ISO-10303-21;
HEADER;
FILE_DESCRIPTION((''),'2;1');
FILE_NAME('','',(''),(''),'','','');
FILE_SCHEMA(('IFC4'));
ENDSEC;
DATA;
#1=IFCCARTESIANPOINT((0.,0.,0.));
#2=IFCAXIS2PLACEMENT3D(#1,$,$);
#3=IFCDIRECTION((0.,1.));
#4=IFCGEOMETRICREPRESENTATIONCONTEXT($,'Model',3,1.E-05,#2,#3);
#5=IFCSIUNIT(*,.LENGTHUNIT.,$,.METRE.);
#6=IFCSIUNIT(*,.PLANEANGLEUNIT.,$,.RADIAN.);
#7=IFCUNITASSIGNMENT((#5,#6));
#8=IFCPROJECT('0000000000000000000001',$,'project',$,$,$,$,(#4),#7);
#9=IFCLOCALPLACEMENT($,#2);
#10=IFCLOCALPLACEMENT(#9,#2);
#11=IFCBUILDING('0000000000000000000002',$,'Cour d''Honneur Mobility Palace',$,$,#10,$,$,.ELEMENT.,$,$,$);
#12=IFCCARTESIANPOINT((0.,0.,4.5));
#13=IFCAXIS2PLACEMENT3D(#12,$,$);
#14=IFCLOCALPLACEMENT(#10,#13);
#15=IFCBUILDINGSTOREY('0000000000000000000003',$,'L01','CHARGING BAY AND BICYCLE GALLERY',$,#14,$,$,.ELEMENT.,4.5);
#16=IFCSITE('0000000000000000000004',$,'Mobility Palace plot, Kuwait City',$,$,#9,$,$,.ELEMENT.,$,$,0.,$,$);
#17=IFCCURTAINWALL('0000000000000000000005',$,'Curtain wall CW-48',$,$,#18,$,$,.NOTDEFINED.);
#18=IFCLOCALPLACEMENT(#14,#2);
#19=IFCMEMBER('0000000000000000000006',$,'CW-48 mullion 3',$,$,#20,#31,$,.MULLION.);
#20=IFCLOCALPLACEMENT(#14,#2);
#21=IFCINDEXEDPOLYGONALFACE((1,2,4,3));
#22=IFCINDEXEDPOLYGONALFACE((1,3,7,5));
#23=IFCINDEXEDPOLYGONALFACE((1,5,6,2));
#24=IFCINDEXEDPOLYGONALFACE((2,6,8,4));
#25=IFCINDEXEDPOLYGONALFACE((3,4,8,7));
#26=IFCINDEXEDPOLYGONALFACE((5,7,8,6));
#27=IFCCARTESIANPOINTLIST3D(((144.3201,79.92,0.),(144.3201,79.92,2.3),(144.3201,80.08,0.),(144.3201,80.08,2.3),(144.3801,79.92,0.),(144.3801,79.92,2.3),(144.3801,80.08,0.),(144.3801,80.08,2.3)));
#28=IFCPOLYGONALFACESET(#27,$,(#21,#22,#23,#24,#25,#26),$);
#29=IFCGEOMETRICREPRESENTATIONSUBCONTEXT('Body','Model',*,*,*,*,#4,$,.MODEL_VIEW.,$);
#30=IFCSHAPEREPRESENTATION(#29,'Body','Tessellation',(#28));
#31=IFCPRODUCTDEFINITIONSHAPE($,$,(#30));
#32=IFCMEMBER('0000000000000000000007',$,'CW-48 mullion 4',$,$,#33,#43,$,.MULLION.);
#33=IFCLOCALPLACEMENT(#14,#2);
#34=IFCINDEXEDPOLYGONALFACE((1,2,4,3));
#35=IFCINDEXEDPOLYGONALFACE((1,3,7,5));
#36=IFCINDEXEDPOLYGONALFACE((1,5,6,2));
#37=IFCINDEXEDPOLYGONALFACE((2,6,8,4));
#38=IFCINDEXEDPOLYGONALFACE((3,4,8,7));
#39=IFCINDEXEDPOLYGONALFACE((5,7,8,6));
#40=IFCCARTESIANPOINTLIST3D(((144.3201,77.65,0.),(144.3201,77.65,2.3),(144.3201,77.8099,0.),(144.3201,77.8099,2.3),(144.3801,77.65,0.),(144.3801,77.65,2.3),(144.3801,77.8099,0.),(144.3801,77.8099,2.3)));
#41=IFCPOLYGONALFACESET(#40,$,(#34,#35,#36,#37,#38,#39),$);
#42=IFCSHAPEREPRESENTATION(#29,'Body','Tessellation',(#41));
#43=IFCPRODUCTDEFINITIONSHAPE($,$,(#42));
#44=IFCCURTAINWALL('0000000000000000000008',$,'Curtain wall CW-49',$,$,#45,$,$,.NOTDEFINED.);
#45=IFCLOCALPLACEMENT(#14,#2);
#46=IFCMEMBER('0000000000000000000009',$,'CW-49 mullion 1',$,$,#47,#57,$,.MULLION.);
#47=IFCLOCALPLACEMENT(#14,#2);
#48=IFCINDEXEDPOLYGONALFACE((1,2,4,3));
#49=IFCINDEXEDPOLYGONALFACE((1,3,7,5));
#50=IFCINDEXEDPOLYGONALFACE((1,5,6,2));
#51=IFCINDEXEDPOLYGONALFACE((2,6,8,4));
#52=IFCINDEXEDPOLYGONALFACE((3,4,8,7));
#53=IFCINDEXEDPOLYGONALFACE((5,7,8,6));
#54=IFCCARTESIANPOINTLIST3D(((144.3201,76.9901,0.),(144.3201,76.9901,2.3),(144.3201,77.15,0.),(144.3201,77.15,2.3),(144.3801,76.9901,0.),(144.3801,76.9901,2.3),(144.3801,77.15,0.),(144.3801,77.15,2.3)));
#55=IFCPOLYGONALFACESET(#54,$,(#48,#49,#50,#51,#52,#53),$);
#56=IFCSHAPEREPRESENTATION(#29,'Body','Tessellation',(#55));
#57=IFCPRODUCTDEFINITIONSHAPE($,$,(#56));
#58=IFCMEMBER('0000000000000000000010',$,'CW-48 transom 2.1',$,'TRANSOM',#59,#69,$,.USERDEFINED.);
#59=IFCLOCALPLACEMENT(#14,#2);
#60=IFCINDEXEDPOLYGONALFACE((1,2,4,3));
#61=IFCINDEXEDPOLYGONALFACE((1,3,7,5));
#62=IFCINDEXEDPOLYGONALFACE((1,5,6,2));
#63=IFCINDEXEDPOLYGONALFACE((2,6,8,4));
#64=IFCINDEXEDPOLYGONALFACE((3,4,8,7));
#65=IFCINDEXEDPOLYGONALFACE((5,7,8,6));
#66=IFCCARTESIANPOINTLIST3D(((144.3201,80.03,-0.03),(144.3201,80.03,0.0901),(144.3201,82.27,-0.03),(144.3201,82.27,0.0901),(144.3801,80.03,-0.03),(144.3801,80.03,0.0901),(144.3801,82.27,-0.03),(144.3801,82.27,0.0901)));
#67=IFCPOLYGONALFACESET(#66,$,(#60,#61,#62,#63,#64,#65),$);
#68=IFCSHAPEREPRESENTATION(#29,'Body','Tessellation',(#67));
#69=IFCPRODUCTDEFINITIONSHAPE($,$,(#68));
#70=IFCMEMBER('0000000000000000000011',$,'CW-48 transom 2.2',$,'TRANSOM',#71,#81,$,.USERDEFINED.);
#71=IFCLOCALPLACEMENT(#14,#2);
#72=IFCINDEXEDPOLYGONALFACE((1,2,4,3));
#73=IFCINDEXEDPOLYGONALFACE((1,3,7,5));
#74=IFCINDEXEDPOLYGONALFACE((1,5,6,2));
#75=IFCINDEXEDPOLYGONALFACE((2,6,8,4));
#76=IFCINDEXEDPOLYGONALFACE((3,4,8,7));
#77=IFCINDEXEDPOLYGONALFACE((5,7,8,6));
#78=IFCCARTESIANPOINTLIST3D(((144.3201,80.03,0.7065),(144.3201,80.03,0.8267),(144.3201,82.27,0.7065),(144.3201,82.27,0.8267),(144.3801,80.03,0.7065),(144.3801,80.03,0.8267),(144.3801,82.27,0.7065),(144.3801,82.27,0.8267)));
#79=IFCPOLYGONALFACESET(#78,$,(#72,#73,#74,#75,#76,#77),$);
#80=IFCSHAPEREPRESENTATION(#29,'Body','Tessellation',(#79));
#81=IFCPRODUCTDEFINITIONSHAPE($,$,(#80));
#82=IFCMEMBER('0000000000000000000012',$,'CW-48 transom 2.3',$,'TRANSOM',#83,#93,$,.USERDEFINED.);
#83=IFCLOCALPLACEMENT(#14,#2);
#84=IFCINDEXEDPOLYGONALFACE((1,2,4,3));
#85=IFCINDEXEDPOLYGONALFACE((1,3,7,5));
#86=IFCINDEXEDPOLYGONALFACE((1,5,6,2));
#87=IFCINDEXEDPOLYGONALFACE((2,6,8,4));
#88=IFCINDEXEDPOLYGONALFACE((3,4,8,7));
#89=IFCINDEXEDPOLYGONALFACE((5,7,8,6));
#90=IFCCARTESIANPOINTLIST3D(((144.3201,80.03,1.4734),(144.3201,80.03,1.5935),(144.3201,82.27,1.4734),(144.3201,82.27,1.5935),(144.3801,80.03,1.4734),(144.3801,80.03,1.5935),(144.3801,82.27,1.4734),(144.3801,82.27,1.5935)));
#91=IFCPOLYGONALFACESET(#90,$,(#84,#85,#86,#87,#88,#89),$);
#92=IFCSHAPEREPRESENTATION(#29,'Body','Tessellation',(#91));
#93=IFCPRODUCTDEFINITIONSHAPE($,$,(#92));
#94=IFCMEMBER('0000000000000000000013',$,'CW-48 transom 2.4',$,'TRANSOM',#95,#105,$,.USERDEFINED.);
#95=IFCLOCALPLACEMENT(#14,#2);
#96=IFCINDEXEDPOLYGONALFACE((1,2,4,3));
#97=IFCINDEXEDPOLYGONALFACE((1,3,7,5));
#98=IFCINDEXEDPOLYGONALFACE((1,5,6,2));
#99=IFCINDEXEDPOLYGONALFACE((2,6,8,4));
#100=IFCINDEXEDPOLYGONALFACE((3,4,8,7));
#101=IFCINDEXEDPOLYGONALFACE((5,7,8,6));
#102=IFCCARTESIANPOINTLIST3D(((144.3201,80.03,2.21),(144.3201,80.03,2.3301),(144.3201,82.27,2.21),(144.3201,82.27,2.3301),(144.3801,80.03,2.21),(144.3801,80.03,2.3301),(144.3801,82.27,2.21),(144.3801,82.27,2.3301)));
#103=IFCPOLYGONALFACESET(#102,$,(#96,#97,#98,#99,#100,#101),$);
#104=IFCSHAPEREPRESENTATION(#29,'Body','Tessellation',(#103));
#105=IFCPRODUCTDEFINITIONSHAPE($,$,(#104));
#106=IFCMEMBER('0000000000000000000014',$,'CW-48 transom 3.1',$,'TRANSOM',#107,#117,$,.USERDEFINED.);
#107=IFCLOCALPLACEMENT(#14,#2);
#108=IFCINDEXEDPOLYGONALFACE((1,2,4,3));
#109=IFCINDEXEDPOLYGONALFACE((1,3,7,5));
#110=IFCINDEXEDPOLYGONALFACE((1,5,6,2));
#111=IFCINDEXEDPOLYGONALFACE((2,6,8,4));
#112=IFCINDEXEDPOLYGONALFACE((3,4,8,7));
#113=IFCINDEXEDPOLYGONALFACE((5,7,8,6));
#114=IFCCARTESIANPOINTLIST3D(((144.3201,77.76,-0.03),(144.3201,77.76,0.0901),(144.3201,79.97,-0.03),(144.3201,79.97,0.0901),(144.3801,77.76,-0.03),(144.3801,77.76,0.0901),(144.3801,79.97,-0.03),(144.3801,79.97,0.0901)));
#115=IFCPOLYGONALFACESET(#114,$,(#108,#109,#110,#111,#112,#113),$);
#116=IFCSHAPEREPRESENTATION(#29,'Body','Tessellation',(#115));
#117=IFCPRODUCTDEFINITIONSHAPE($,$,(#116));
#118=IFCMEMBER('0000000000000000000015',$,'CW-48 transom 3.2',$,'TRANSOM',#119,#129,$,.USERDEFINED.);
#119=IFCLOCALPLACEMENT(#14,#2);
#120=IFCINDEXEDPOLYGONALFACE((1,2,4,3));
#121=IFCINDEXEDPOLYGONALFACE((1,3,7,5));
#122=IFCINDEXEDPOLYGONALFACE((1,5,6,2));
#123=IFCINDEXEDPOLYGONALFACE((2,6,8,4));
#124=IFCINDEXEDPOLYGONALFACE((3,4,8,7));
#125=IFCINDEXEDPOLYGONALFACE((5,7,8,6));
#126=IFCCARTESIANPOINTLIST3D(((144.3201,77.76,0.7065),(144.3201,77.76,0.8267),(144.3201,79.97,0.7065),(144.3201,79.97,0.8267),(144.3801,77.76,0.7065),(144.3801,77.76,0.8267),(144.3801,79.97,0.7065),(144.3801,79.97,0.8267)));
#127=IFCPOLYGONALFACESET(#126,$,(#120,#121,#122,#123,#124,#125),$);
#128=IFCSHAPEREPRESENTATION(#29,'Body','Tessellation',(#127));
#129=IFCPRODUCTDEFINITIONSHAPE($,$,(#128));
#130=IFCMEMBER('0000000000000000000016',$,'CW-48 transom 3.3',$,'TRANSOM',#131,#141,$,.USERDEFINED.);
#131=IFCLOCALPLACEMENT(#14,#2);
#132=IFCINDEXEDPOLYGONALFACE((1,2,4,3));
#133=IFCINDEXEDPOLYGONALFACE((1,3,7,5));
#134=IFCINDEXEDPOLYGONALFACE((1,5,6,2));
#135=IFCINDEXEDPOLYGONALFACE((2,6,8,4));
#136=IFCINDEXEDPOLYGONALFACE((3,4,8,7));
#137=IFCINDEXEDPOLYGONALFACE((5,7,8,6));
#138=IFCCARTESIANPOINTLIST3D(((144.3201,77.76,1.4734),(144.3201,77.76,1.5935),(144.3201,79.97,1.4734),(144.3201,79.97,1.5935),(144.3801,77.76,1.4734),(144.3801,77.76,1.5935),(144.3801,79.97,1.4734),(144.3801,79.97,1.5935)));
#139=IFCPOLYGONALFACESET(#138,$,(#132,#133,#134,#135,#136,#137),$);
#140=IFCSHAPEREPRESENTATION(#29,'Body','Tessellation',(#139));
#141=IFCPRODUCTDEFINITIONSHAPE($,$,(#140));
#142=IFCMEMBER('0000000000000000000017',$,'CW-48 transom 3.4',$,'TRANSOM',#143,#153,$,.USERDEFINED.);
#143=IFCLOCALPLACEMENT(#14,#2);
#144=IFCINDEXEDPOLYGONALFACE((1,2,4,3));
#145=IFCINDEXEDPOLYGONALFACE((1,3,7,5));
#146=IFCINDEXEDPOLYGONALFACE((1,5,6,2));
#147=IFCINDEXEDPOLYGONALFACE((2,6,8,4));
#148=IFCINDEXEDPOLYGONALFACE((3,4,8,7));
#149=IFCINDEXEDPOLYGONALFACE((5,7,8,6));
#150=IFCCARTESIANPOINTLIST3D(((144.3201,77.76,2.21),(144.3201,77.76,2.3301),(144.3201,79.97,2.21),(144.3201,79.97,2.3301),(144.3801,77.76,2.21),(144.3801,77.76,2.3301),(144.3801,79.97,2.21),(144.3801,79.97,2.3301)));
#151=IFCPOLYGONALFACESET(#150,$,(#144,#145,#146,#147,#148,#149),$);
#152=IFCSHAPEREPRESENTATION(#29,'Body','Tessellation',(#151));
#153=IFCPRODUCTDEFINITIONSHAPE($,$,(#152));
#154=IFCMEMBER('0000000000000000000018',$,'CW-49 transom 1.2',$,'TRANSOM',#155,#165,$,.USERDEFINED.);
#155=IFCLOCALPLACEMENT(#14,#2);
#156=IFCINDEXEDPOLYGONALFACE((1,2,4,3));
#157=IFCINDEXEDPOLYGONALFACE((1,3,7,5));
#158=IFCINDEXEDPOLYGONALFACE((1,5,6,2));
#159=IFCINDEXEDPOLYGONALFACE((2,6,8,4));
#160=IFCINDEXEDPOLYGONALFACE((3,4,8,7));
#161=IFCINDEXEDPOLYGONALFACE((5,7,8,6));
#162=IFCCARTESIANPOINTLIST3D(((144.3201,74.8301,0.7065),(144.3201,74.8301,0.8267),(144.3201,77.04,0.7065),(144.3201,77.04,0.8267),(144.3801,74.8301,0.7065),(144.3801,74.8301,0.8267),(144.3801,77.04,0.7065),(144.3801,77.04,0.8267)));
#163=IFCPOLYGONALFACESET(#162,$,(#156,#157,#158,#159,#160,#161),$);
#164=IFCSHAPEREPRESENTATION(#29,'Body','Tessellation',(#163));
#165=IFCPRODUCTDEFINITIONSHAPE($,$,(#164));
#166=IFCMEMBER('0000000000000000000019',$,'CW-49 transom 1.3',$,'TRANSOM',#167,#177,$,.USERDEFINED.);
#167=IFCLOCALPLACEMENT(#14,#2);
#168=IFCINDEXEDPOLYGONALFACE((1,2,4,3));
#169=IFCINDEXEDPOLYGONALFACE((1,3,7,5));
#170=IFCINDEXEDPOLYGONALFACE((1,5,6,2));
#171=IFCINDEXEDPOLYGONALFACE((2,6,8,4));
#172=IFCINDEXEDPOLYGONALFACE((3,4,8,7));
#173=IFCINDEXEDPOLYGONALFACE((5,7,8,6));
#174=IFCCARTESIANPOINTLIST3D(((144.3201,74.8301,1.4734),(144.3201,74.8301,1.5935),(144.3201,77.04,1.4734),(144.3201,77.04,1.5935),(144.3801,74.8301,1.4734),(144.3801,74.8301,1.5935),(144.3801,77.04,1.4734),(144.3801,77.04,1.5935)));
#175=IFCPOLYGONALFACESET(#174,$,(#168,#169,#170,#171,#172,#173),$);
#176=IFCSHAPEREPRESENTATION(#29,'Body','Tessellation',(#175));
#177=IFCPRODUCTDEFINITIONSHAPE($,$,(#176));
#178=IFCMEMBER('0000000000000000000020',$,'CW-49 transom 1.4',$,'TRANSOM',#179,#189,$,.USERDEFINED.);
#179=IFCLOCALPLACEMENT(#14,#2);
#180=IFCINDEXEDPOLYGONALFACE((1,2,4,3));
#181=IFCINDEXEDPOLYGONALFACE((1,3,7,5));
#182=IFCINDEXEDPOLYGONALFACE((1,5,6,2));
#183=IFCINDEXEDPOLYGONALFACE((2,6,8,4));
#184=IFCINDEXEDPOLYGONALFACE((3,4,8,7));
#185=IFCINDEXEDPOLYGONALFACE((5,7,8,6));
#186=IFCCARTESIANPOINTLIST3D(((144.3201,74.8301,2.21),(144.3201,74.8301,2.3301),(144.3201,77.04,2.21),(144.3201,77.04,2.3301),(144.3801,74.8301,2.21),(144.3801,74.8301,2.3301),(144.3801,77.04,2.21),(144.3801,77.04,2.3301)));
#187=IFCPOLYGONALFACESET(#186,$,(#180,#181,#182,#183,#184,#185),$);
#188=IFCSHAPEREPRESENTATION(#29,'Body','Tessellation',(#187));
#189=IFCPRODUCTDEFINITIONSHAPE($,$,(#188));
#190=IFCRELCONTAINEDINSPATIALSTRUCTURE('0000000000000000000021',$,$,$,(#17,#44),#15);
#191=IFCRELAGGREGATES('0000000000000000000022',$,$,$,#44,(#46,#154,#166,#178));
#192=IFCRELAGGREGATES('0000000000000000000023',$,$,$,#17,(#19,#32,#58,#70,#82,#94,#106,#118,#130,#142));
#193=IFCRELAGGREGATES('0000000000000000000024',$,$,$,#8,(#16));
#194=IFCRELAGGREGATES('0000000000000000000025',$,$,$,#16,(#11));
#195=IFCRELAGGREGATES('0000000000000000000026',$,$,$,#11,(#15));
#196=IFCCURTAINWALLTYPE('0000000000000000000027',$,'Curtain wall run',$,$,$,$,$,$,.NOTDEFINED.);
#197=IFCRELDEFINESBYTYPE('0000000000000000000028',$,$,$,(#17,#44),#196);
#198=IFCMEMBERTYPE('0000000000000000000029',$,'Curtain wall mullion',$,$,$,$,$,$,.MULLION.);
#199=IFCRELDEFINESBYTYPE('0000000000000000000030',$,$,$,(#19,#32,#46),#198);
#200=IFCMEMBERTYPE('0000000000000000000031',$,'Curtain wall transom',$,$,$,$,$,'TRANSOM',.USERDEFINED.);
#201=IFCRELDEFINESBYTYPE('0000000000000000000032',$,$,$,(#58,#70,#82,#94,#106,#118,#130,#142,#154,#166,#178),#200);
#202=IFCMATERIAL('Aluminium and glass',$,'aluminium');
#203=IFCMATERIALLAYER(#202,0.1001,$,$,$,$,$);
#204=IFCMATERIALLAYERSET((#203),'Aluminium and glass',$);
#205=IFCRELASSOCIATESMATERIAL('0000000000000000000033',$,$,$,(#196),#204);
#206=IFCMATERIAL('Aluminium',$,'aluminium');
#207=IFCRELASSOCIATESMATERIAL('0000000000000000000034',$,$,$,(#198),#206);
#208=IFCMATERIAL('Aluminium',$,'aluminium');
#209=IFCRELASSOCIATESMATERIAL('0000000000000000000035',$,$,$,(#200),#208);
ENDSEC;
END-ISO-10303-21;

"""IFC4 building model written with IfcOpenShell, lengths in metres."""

from ifc_helpers import new_model, si_unit, direction, frame, origin, origin_2d, place, context, subcontext, project, spatial, rectangle, extrude, material, layer, layer_set, material_profile, profile_set, type_object, element, aggregate, save


model = new_model("IFC4")

# Units and contexts
model_context = context("Model", 3, precision=1e-05, world=origin(), true_north=direction((0.0, 1.0)))
body_context = subcontext(model_context, "Body", "Model", "MODEL_VIEW")
ifc_project = project(units=[si_unit("LENGTHUNIT", "METRE"), si_unit("PLANEANGLEUNIT", "RADIAN")], contexts=[model_context])

# Site, building, storey
site_placement = place(None, origin())
site = spatial("IfcSite", under=ifc_project, at=site_placement, Name="Mobility Palace plot, Kuwait City", CompositionType="ELEMENT", RefElevation=0.0)
building_placement = place(site_placement, origin())
building = spatial("IfcBuilding", under=site, at=building_placement, Name="Cour d'Honneur Mobility Palace", CompositionType="ELEMENT")
storey_placement = place(building_placement, frame((0.0, 0.0, 4.5)))
storey = spatial("IfcBuildingStorey", under=building, at=storey_placement, Name="L01", Description="CHARGING BAY AND BICYCLE GALLERY", CompositionType="ELEMENT", Elevation=4.5)

# Curtain wall, members
ifc_material_1 = material(Name="Aluminium and glass", Category="aluminium")
ifc_layer_1 = layer(ifc_material_1, 0.1001)
ifc_layer_set_1 = layer_set([ifc_layer_1], Name="Aluminium and glass")
curtain_wall_type = type_object("IfcCurtainWallType", Name="Curtain wall run", PredefinedType="NOTDEFINED", material=ifc_layer_set_1)
curtain_wall_1_placement = place(storey_placement, origin())
curtain_wall_1 = element("IfcCurtainWall", 1, at=curtain_wall_1_placement, inside=storey, type_object=curtain_wall_type, Name="Curtain wall CW-48", PredefinedType="NOTDEFINED")
ifc_material_2 = material(Name="Aluminium", Category="aluminium")
ifc_material_profile_1 = material_profile(ifc_material_2, rectangle(XDim=0.0601, YDim=0.1599, at=origin_2d()), Name="Curtain wall mullion")
ifc_profile_set_1 = profile_set([ifc_material_profile_1], Name="Aluminium")
member_type_1 = type_object("IfcMemberType", Name="Curtain wall mullion", PredefinedType="MULLION", material=ifc_profile_set_1)
member_1_placement = place(storey_placement, frame((144.3501, 80.0, 0.0), z_axis=(0.0, 0.0, 1.0), x_axis=(1.0, 0.0, 0.0)))
member_1 = element("IfcMember", 2, at=member_1_placement, type_object=member_type_1, Name="CW-48 mullion 3", PredefinedType="MULLION", context=body_context, shape_type="SweptSolid", body=[
    extrude(rectangle(XDim=0.0601, YDim=0.1599, at=origin_2d()), origin(), (0.0, 0.0, 1.0), 2.3),
])
member_2_placement = place(storey_placement, frame((144.3501, 77.73, 0.0), z_axis=(0.0, 0.0, 1.0), x_axis=(1.0, 0.0, 0.0)))
member_2 = element("IfcMember", 3, at=member_2_placement, type_object=member_type_1, Name="CW-48 mullion 4", PredefinedType="MULLION", context=body_context, shape_type="SweptSolid", body=[
    extrude(rectangle(XDim=0.0601, YDim=0.1599, at=origin_2d()), origin(), (0.0, 0.0, 1.0), 2.3),
])

# Curtain wall, member
curtain_wall_2_placement = place(storey_placement, origin())
curtain_wall_2 = element("IfcCurtainWall", 4, at=curtain_wall_2_placement, inside=storey, type_object=curtain_wall_type, Name="Curtain wall CW-49", PredefinedType="NOTDEFINED")
member_3_placement = place(storey_placement, frame((144.3501, 77.0701, 0.0), z_axis=(0.0, 0.0, 1.0), x_axis=(1.0, 0.0, 0.0)))
member_3 = element("IfcMember", 5, at=member_3_placement, type_object=member_type_1, Name="CW-49 mullion 1", PredefinedType="MULLION", context=body_context, shape_type="SweptSolid", body=[
    extrude(rectangle(XDim=0.0601, YDim=0.1599, at=origin_2d()), origin(), (0.0, 0.0, 1.0), 2.3),
])

# Members
ifc_material_3 = material(Name="Aluminium", Category="aluminium")
ifc_material_profile_2 = material_profile(ifc_material_3, rectangle(XDim=0.0601, YDim=0.1201, at=origin_2d()), Name="Curtain wall transom")
ifc_profile_set_2 = profile_set([ifc_material_profile_2], Name="Aluminium")
member_type_2 = type_object("IfcMemberType", Name="Curtain wall transom", ElementType="TRANSOM", PredefinedType="USERDEFINED", material=ifc_profile_set_2)
member_4_placement = place(storey_placement, frame((144.3501, 82.27, 0.03), z_axis=(0.0, -1.0, 0.0), x_axis=(1.0, 0.0, 0.0)))
member_4 = element("IfcMember", 6, at=member_4_placement, type_object=member_type_2, Name="CW-48 transom 2.1", ObjectType="TRANSOM", PredefinedType="USERDEFINED", context=body_context, shape_type="SweptSolid", body=[
    extrude(rectangle(XDim=0.0601, YDim=0.1201, at=origin_2d()), origin(), (0.0, 0.0, 1.0), 2.24),
])
member_5_placement = place(storey_placement, frame((144.3501, 82.27, 0.7666), z_axis=(0.0, -1.0, 0.0), x_axis=(1.0, 0.0, 0.0)))
member_5 = element("IfcMember", 7, at=member_5_placement, type_object=member_type_2, Name="CW-48 transom 2.2", ObjectType="TRANSOM", PredefinedType="USERDEFINED", context=body_context, shape_type="SweptSolid", body=[
    extrude(rectangle(XDim=0.0601, YDim=0.1201, at=origin_2d()), origin(), (0.0, 0.0, 1.0), 2.24),
])
member_6_placement = place(storey_placement, frame((144.3501, 82.27, 1.5334), z_axis=(0.0, -1.0, 0.0), x_axis=(1.0, 0.0, 0.0)))
member_6 = element("IfcMember", 8, at=member_6_placement, type_object=member_type_2, Name="CW-48 transom 2.3", ObjectType="TRANSOM", PredefinedType="USERDEFINED", context=body_context, shape_type="SweptSolid", body=[
    extrude(rectangle(XDim=0.0601, YDim=0.1201, at=origin_2d()), origin(), (0.0, 0.0, 1.0), 2.24),
])
member_7_placement = place(storey_placement, frame((144.3501, 82.27, 2.27), z_axis=(0.0, -1.0, 0.0), x_axis=(1.0, 0.0, 0.0)))
member_7 = element("IfcMember", 9, at=member_7_placement, type_object=member_type_2, Name="CW-48 transom 2.4", ObjectType="TRANSOM", PredefinedType="USERDEFINED", context=body_context, shape_type="SweptSolid", body=[
    extrude(rectangle(XDim=0.0601, YDim=0.1201, at=origin_2d()), origin(), (0.0, 0.0, 1.0), 2.24),
])
member_8_placement = place(storey_placement, frame((144.3501, 79.97, 0.03), z_axis=(0.0, -1.0, 0.0), x_axis=(1.0, 0.0, 0.0)))
member_8 = element("IfcMember", 10, at=member_8_placement, type_object=member_type_2, Name="CW-48 transom 3.1", ObjectType="TRANSOM", PredefinedType="USERDEFINED", context=body_context, shape_type="SweptSolid", body=[
    extrude(rectangle(XDim=0.0601, YDim=0.1201, at=origin_2d()), origin(), (0.0, 0.0, 1.0), 2.21),
])
member_9_placement = place(storey_placement, frame((144.3501, 79.97, 0.7666), z_axis=(0.0, -1.0, 0.0), x_axis=(1.0, 0.0, 0.0)))
member_9 = element("IfcMember", 11, at=member_9_placement, type_object=member_type_2, Name="CW-48 transom 3.2", ObjectType="TRANSOM", PredefinedType="USERDEFINED", context=body_context, shape_type="SweptSolid", body=[
    extrude(rectangle(XDim=0.0601, YDim=0.1201, at=origin_2d()), origin(), (0.0, 0.0, 1.0), 2.21),
])
member_10_placement = place(storey_placement, frame((144.3501, 79.97, 1.5334), z_axis=(0.0, -1.0, 0.0), x_axis=(1.0, 0.0, 0.0)))
member_10 = element("IfcMember", 12, at=member_10_placement, type_object=member_type_2, Name="CW-48 transom 3.3", ObjectType="TRANSOM", PredefinedType="USERDEFINED", context=body_context, shape_type="SweptSolid", body=[
    extrude(rectangle(XDim=0.0601, YDim=0.1201, at=origin_2d()), origin(), (0.0, 0.0, 1.0), 2.21),
])
member_11_placement = place(storey_placement, frame((144.3501, 79.97, 2.27), z_axis=(0.0, -1.0, 0.0), x_axis=(1.0, 0.0, 0.0)))
member_11 = element("IfcMember", 13, at=member_11_placement, type_object=member_type_2, Name="CW-48 transom 3.4", ObjectType="TRANSOM", PredefinedType="USERDEFINED", context=body_context, shape_type="SweptSolid", body=[
    extrude(rectangle(XDim=0.0601, YDim=0.1201, at=origin_2d()), origin(), (0.0, 0.0, 1.0), 2.21),
])
member_12_placement = place(storey_placement, frame((144.3501, 77.04, 0.7666), z_axis=(0.0, -1.0, 0.0), x_axis=(1.0, 0.0, 0.0)))
member_12 = element("IfcMember", 14, at=member_12_placement, type_object=member_type_2, Name="CW-49 transom 1.2", ObjectType="TRANSOM", PredefinedType="USERDEFINED", context=body_context, shape_type="SweptSolid", body=[
    extrude(rectangle(XDim=0.0601, YDim=0.1201, at=origin_2d()), origin(), (0.0, 0.0, 1.0), 2.21),
])
member_13_placement = place(storey_placement, frame((144.3501, 77.04, 1.5334), z_axis=(0.0, -1.0, 0.0), x_axis=(1.0, 0.0, 0.0)))
member_13 = element("IfcMember", 15, at=member_13_placement, type_object=member_type_2, Name="CW-49 transom 1.3", ObjectType="TRANSOM", PredefinedType="USERDEFINED", context=body_context, shape_type="SweptSolid", body=[
    extrude(rectangle(XDim=0.0601, YDim=0.1201, at=origin_2d()), origin(), (0.0, 0.0, 1.0), 2.21),
])
member_14_placement = place(storey_placement, frame((144.3501, 77.04, 2.27), z_axis=(0.0, -1.0, 0.0), x_axis=(1.0, 0.0, 0.0)))
member_14 = element("IfcMember", 16, at=member_14_placement, type_object=member_type_2, Name="CW-49 transom 1.4", ObjectType="TRANSOM", PredefinedType="USERDEFINED", context=body_context, shape_type="SweptSolid", body=[
    extrude(rectangle(XDim=0.0601, YDim=0.1201, at=origin_2d()), origin(), (0.0, 0.0, 1.0), 2.21),
])
aggregate(curtain_wall_2, [member_3, member_12, member_13, member_14])

aggregate(curtain_wall_1, [member_1, member_2, member_4, member_5, member_6, member_7, member_8, member_9, member_10, member_11])

save(model, "model.ifc")
